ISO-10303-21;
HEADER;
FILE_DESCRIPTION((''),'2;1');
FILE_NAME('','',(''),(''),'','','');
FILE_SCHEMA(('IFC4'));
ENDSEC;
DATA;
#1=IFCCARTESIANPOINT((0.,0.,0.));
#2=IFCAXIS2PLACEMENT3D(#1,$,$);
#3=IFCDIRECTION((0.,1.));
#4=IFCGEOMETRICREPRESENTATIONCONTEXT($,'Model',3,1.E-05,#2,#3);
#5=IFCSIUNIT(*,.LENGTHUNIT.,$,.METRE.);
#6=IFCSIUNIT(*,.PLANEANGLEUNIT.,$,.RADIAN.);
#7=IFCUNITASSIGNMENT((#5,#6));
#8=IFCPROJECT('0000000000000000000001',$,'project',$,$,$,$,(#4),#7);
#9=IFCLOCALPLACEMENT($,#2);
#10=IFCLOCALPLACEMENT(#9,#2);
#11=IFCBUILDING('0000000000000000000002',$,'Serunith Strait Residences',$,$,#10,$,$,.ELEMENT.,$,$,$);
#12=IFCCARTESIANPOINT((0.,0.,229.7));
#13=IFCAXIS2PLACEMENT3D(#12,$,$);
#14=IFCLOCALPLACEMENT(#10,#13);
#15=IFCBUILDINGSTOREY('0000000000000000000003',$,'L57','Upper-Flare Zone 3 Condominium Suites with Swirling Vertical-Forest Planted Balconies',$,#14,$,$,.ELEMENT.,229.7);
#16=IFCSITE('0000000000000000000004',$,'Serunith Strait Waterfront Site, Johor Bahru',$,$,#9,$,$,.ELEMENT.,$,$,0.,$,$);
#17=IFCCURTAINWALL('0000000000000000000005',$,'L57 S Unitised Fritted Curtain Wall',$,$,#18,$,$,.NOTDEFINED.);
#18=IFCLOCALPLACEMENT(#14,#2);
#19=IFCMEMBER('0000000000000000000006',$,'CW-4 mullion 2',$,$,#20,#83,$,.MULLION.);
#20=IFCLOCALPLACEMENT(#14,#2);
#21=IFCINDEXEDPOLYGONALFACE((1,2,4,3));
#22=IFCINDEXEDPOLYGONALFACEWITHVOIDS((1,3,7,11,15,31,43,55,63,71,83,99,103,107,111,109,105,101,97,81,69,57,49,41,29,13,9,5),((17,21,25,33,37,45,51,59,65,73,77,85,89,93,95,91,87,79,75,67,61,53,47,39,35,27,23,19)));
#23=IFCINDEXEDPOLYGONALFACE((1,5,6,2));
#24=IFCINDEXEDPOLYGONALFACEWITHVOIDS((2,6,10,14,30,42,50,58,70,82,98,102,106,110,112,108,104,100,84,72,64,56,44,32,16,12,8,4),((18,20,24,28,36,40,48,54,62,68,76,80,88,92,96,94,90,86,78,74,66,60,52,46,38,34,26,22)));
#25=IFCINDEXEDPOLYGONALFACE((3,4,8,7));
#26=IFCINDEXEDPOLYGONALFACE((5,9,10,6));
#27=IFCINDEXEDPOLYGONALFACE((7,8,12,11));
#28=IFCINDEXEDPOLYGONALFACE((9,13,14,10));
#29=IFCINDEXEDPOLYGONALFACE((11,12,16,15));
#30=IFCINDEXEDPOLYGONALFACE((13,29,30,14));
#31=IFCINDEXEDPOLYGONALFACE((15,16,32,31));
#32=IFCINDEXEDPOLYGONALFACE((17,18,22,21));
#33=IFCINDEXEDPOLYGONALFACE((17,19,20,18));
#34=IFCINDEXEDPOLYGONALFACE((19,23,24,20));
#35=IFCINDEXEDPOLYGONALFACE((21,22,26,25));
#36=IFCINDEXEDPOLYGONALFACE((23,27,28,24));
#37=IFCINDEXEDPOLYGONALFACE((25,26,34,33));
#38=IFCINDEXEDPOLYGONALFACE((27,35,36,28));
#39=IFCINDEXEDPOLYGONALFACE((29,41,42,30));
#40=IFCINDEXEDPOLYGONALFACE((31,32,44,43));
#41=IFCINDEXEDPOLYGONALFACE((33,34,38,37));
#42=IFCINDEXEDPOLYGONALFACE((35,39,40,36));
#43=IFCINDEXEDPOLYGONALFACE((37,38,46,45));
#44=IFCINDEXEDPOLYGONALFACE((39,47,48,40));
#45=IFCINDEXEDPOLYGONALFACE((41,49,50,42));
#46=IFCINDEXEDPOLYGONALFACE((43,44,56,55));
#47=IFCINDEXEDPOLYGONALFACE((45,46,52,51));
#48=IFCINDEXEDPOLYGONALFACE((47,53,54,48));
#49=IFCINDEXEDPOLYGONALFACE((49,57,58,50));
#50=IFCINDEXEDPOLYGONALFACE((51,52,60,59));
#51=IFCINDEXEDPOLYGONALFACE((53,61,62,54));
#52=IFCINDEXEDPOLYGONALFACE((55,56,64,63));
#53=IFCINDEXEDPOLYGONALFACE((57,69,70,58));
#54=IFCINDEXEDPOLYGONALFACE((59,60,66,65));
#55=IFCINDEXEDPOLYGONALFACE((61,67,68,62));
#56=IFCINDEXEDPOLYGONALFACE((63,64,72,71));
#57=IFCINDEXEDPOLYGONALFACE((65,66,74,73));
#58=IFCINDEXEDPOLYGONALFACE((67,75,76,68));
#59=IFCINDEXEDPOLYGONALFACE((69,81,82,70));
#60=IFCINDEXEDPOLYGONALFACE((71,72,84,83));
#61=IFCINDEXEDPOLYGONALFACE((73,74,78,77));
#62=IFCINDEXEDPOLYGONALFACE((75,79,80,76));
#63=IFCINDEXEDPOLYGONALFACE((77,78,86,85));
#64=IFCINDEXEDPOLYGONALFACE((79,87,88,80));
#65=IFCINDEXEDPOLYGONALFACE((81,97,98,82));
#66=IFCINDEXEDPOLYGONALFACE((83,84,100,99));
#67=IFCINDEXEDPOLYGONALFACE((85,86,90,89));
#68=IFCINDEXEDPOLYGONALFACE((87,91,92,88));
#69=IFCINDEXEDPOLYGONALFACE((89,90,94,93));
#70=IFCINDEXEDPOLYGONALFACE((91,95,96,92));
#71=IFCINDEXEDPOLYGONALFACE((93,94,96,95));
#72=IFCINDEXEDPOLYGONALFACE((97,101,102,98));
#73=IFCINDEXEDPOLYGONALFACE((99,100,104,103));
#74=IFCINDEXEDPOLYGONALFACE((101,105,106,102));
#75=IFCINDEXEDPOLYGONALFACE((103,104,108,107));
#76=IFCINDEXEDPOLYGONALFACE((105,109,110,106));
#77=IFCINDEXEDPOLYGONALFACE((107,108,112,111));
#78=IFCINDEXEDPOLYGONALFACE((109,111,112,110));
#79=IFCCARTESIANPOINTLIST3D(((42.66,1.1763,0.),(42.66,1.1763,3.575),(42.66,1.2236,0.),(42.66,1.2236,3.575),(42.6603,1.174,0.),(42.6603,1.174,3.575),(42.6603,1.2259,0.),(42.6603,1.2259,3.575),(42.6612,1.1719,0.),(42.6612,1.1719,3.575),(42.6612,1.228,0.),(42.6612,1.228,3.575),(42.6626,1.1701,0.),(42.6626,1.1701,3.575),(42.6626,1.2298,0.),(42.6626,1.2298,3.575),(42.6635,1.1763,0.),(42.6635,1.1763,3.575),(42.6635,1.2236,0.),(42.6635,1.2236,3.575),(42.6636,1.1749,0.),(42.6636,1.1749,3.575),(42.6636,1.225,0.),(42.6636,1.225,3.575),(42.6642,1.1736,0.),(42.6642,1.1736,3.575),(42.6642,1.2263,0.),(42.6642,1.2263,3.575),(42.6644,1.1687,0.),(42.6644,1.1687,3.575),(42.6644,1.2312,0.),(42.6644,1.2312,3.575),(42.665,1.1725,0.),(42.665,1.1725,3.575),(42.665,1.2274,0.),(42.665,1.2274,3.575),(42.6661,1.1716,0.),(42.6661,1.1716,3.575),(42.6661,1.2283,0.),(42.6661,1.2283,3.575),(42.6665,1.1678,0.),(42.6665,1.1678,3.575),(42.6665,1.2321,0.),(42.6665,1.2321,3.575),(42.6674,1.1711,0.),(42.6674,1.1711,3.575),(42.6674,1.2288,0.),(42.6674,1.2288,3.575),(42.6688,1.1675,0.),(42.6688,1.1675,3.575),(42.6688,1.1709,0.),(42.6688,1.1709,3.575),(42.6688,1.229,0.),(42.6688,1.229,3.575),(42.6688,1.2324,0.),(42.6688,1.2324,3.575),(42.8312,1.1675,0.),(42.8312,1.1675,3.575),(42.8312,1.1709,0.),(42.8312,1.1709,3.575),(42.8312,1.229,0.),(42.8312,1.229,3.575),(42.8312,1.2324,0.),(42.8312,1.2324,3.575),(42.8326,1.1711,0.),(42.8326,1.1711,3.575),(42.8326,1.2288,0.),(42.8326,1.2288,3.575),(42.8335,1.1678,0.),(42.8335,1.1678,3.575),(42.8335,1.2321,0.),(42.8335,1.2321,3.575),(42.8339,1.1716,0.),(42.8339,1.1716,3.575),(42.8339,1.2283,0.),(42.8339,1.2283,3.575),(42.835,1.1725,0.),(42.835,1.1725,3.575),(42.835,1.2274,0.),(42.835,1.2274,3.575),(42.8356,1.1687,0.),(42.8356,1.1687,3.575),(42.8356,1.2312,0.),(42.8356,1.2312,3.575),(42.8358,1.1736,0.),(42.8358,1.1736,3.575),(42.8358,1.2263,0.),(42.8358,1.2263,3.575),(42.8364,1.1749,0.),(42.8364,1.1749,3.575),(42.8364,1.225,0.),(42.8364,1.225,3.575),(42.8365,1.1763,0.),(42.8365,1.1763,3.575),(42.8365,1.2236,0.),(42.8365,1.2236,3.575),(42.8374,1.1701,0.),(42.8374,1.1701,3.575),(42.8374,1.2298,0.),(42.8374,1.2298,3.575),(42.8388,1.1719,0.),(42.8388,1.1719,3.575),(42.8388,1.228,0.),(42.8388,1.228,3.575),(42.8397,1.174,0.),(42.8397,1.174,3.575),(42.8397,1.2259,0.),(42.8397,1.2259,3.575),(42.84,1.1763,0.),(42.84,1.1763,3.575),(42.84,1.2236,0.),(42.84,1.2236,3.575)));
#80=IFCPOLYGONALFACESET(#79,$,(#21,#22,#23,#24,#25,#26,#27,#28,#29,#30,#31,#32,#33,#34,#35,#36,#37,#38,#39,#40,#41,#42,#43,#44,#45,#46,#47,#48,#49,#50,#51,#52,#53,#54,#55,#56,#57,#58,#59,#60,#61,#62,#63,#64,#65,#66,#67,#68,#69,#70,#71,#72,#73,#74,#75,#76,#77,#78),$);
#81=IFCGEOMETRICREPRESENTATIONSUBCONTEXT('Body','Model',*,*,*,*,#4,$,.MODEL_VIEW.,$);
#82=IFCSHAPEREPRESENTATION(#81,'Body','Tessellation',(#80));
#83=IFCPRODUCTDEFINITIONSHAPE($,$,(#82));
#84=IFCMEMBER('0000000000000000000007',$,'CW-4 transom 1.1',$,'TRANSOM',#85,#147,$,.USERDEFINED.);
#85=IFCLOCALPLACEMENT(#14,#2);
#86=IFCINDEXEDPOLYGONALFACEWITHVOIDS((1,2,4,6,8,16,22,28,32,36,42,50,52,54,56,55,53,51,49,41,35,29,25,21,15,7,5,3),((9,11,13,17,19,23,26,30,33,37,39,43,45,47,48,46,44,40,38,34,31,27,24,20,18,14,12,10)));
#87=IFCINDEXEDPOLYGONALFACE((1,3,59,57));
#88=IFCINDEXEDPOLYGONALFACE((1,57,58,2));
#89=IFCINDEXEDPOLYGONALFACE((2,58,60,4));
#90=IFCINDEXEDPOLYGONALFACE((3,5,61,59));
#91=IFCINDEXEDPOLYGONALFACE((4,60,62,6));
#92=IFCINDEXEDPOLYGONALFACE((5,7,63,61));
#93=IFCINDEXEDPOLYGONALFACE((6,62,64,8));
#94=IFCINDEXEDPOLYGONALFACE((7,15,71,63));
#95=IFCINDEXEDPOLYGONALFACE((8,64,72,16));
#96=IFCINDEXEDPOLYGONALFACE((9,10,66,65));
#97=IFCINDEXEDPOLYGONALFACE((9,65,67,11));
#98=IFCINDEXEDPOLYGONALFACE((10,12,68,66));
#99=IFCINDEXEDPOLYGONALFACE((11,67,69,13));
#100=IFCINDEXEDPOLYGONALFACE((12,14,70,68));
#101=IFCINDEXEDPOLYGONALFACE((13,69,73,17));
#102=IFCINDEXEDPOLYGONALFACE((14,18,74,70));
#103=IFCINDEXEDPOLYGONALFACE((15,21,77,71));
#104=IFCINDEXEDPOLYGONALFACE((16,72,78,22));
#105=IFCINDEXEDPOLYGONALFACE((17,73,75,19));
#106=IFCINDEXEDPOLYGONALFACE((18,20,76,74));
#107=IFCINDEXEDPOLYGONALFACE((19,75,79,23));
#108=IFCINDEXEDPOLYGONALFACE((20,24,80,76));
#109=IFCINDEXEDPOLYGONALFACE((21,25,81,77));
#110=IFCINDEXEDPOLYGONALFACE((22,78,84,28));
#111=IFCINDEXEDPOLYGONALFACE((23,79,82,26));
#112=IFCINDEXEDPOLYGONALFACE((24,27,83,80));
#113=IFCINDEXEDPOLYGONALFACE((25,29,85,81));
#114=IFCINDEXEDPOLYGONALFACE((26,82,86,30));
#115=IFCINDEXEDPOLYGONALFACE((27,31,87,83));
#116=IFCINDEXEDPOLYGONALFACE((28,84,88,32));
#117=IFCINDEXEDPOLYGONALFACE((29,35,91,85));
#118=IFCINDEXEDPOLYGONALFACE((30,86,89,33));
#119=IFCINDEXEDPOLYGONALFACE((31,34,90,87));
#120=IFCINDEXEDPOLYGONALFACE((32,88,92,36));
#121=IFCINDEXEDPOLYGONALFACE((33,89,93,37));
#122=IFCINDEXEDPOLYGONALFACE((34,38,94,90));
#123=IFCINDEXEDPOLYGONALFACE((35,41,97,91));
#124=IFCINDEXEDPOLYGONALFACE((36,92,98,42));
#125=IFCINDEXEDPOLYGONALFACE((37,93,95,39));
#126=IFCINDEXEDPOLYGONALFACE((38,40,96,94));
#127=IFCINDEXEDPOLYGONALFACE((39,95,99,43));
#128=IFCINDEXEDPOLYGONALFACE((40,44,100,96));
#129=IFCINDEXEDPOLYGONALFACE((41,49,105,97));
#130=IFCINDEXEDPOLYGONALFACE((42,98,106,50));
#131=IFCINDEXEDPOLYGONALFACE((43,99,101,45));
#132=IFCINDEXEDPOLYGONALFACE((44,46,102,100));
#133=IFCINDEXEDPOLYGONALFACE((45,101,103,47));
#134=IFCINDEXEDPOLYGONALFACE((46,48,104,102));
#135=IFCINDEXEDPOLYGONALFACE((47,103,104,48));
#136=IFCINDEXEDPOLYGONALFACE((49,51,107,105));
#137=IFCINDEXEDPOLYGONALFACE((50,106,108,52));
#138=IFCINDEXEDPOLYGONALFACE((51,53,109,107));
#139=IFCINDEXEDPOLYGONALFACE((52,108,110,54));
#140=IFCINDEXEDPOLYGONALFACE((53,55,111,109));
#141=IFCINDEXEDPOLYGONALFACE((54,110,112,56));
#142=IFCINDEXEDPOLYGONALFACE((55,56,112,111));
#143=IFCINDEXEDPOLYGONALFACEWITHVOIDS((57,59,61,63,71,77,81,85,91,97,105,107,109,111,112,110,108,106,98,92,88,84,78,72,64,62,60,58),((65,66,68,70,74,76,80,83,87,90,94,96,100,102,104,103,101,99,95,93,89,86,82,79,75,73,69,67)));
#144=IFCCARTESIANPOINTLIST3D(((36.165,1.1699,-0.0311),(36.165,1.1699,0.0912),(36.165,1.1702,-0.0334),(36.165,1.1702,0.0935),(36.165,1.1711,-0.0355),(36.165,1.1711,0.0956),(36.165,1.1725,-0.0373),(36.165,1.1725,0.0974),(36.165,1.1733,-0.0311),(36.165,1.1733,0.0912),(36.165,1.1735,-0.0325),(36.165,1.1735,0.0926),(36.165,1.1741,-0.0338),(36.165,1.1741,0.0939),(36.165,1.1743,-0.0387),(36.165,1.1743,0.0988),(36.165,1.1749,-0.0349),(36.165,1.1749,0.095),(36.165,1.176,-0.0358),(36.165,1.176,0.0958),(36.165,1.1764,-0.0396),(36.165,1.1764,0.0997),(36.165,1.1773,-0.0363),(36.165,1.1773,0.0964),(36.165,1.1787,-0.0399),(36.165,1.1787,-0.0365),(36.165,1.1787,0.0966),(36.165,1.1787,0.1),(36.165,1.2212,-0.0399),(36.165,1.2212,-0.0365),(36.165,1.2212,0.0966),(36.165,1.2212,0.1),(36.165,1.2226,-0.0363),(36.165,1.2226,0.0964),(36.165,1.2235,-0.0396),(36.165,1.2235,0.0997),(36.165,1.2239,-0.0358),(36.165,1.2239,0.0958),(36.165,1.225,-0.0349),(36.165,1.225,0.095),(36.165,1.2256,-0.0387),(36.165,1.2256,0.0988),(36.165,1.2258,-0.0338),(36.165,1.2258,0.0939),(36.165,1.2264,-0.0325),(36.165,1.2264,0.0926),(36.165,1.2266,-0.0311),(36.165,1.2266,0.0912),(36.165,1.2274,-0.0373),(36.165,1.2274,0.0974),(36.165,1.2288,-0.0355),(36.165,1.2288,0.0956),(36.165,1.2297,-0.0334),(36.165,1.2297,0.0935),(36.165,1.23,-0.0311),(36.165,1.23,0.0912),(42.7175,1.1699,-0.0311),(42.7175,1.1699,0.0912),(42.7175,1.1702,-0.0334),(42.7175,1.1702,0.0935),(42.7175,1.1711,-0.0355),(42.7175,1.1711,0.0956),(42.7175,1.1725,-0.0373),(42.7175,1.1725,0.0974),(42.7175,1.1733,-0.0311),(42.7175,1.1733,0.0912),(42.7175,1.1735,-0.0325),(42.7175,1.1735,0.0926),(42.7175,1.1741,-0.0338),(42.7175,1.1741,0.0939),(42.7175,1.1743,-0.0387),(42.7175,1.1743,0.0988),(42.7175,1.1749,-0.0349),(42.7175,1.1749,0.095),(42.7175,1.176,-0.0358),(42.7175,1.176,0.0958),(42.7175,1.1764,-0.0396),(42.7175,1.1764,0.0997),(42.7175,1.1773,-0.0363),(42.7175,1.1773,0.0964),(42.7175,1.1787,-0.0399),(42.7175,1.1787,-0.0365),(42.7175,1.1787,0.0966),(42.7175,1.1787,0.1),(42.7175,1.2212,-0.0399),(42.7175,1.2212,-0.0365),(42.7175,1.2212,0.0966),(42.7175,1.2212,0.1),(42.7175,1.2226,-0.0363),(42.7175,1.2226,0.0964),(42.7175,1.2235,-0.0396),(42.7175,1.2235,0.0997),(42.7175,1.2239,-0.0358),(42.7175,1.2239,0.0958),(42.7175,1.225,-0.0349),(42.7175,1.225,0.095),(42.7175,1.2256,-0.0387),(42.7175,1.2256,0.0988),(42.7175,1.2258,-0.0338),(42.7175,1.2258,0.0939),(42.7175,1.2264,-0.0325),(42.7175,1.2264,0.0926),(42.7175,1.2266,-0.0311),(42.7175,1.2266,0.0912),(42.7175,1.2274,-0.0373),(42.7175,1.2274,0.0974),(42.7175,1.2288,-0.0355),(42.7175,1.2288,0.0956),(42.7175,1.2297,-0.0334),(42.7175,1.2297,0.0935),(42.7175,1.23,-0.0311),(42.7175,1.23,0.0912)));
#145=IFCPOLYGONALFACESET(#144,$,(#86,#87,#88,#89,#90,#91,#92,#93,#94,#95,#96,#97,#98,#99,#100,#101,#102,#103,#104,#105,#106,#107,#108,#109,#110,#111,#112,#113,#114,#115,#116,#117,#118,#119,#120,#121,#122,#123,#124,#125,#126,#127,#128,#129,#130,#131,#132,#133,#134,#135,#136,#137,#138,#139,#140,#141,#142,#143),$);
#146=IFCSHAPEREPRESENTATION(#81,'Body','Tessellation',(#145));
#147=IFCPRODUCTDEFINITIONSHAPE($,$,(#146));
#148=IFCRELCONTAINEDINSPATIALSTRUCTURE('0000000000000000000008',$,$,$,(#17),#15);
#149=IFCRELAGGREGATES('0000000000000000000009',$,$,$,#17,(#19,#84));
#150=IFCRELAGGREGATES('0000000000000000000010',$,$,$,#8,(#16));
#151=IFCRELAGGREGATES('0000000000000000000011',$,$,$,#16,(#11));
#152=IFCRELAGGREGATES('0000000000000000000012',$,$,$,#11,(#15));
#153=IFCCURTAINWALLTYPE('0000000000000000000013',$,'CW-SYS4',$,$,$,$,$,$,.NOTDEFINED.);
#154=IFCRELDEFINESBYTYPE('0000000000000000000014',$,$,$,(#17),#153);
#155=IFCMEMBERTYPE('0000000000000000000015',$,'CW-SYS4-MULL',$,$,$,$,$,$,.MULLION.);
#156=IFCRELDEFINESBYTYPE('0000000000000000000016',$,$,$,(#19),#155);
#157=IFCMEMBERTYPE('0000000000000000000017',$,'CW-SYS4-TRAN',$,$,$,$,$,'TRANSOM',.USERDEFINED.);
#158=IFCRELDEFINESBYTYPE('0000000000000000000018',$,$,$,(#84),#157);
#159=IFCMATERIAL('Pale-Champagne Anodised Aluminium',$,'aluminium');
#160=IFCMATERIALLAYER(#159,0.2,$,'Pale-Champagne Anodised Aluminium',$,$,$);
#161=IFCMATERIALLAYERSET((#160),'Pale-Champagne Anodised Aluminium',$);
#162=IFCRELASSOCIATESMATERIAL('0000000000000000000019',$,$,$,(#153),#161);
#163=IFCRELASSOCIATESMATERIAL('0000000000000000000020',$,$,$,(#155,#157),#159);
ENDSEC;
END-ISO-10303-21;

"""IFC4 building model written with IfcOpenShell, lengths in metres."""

from ifc_helpers import new_model, si_unit, direction, frame, origin, origin_2d, place, context, subcontext, project, spatial, hollow_rectangle, extrude, source, transform, mapped, material, layer, layer_set, material_profile, profile_set, type_object, element, aggregate, save


model = new_model("IFC4")

# Units and contexts
model_context = context("Model", 3, precision=1e-05, world=origin(), true_north=direction((0.0, 1.0)))
body_context = subcontext(model_context, "Body", "Model", "MODEL_VIEW")
ifc_project = project(units=[si_unit("LENGTHUNIT", "METRE"), si_unit("PLANEANGLEUNIT", "RADIAN")], contexts=[model_context])

# Site, building, storey
site_placement = place(None, origin())
site = spatial("IfcSite", under=ifc_project, at=site_placement, Name="Serunith Strait Waterfront Site, Johor Bahru", CompositionType="ELEMENT", RefElevation=0.0)
building_placement = place(site_placement, origin())
building = spatial("IfcBuilding", under=site, at=building_placement, Name="Serunith Strait Residences", CompositionType="ELEMENT")
storey_placement = place(building_placement, frame((0.0, 0.0, 229.7)))
storey = spatial("IfcBuildingStorey", under=building, at=storey_placement, Name="L57", Description="Upper-Flare Zone 3 Condominium Suites with Swirling Vertical-Forest Planted Balconies", CompositionType="ELEMENT", Elevation=229.7)

# Shared definitions
ifc_material_1 = material(Name="Pale-Champagne Anodised Aluminium", Category="aluminium")
ifc_layer_1 = layer(ifc_material_1, 0.2, Name="Pale-Champagne Anodised Aluminium")
ifc_layer_set_1 = layer_set([ifc_layer_1], Name="Pale-Champagne Anodised Aluminium")
curtain_wall_type = type_object("IfcCurtainWallType", Name="CW-SYS4", PredefinedType="NOTDEFINED", material=ifc_layer_set_1)
ifc_material_profile_1 = material_profile(ifc_material_1, hollow_rectangle(XDim=0.0649, YDim=0.1799, WallThickness=0.0034, InnerFilletRadius=0.0054, OuterFilletRadius=0.0088, at=origin_2d()), Name="ALU 180x65x3.5")
ifc_profile_set_1 = profile_set([ifc_material_profile_1], Name="Pale-Champagne Anodised Aluminium")
member_type_1 = type_object("IfcMemberType", Name="CW-SYS4-MULL", PredefinedType="MULLION", material=ifc_profile_set_1)
shared_shape_1 = source(origin(), body_context, "Body", "SweptSolid", [
    extrude(hollow_rectangle(XDim=0.0649, YDim=0.1799, WallThickness=0.0034, InnerFilletRadius=0.0054, OuterFilletRadius=0.0088, at=origin_2d()), origin(), (0.0, 0.0, 1.0), 3.575),
])

# Curtain wall, members
curtain_wall_1_placement = place(storey_placement, origin())
curtain_wall_1 = element("IfcCurtainWall", 1, at=curtain_wall_1_placement, inside=storey, type_object=curtain_wall_type, Name="L57 S Unitised Fritted Curtain Wall", PredefinedType="NOTDEFINED")
member_1_placement = place(storey_placement, frame((42.75, 1.2, 0.0), z_axis=(0.0, 0.0, 1.0), x_axis=(0.0, 1.0, 0.0)))
member_1 = element("IfcMember", 2, at=member_1_placement, type_object=member_type_1, Name="CW-4 mullion 2", PredefinedType="MULLION", context=body_context, shape_type="MappedRepresentation", body=[
    mapped(shared_shape_1, transform((0.0, 0.0, 0.0), scale=1.0)),
])
ifc_material_profile_2 = material_profile(ifc_material_1, hollow_rectangle(XDim=0.0601, YDim=0.1399, WallThickness=0.0034, InnerFilletRadius=0.0054, OuterFilletRadius=0.0088, at=origin_2d()), Name="ALU 140x60x3.5")
ifc_profile_set_2 = profile_set([ifc_material_profile_2], Name="Pale-Champagne Anodised Aluminium")
member_type_2 = type_object("IfcMemberType", Name="CW-SYS4-TRAN", ElementType="TRANSOM", PredefinedType="USERDEFINED", material=ifc_profile_set_2)
shared_shape_2 = source(origin(), body_context, "Body", "SweptSolid", [
    extrude(hollow_rectangle(XDim=0.0601, YDim=0.1399, WallThickness=0.0034, InnerFilletRadius=0.0054, OuterFilletRadius=0.0088, at=origin_2d()), origin(), (0.0, 0.0, 1.0), 6.5525),
])
member_2_placement = place(storey_placement, frame((36.165, 1.2, 0.03), z_axis=(1.0, 0.0, 0.0), x_axis=(0.0, 1.0, 0.0)))
member_2 = element("IfcMember", 3, at=member_2_placement, type_object=member_type_2, Name="CW-4 transom 1.1", ObjectType="TRANSOM", PredefinedType="USERDEFINED", context=body_context, shape_type="MappedRepresentation", body=[
    mapped(shared_shape_2, transform((0.0, 0.0, 0.0), scale=1.0)),
])
aggregate(curtain_wall_1, [member_1, member_2])

save(model, "model.ifc")
